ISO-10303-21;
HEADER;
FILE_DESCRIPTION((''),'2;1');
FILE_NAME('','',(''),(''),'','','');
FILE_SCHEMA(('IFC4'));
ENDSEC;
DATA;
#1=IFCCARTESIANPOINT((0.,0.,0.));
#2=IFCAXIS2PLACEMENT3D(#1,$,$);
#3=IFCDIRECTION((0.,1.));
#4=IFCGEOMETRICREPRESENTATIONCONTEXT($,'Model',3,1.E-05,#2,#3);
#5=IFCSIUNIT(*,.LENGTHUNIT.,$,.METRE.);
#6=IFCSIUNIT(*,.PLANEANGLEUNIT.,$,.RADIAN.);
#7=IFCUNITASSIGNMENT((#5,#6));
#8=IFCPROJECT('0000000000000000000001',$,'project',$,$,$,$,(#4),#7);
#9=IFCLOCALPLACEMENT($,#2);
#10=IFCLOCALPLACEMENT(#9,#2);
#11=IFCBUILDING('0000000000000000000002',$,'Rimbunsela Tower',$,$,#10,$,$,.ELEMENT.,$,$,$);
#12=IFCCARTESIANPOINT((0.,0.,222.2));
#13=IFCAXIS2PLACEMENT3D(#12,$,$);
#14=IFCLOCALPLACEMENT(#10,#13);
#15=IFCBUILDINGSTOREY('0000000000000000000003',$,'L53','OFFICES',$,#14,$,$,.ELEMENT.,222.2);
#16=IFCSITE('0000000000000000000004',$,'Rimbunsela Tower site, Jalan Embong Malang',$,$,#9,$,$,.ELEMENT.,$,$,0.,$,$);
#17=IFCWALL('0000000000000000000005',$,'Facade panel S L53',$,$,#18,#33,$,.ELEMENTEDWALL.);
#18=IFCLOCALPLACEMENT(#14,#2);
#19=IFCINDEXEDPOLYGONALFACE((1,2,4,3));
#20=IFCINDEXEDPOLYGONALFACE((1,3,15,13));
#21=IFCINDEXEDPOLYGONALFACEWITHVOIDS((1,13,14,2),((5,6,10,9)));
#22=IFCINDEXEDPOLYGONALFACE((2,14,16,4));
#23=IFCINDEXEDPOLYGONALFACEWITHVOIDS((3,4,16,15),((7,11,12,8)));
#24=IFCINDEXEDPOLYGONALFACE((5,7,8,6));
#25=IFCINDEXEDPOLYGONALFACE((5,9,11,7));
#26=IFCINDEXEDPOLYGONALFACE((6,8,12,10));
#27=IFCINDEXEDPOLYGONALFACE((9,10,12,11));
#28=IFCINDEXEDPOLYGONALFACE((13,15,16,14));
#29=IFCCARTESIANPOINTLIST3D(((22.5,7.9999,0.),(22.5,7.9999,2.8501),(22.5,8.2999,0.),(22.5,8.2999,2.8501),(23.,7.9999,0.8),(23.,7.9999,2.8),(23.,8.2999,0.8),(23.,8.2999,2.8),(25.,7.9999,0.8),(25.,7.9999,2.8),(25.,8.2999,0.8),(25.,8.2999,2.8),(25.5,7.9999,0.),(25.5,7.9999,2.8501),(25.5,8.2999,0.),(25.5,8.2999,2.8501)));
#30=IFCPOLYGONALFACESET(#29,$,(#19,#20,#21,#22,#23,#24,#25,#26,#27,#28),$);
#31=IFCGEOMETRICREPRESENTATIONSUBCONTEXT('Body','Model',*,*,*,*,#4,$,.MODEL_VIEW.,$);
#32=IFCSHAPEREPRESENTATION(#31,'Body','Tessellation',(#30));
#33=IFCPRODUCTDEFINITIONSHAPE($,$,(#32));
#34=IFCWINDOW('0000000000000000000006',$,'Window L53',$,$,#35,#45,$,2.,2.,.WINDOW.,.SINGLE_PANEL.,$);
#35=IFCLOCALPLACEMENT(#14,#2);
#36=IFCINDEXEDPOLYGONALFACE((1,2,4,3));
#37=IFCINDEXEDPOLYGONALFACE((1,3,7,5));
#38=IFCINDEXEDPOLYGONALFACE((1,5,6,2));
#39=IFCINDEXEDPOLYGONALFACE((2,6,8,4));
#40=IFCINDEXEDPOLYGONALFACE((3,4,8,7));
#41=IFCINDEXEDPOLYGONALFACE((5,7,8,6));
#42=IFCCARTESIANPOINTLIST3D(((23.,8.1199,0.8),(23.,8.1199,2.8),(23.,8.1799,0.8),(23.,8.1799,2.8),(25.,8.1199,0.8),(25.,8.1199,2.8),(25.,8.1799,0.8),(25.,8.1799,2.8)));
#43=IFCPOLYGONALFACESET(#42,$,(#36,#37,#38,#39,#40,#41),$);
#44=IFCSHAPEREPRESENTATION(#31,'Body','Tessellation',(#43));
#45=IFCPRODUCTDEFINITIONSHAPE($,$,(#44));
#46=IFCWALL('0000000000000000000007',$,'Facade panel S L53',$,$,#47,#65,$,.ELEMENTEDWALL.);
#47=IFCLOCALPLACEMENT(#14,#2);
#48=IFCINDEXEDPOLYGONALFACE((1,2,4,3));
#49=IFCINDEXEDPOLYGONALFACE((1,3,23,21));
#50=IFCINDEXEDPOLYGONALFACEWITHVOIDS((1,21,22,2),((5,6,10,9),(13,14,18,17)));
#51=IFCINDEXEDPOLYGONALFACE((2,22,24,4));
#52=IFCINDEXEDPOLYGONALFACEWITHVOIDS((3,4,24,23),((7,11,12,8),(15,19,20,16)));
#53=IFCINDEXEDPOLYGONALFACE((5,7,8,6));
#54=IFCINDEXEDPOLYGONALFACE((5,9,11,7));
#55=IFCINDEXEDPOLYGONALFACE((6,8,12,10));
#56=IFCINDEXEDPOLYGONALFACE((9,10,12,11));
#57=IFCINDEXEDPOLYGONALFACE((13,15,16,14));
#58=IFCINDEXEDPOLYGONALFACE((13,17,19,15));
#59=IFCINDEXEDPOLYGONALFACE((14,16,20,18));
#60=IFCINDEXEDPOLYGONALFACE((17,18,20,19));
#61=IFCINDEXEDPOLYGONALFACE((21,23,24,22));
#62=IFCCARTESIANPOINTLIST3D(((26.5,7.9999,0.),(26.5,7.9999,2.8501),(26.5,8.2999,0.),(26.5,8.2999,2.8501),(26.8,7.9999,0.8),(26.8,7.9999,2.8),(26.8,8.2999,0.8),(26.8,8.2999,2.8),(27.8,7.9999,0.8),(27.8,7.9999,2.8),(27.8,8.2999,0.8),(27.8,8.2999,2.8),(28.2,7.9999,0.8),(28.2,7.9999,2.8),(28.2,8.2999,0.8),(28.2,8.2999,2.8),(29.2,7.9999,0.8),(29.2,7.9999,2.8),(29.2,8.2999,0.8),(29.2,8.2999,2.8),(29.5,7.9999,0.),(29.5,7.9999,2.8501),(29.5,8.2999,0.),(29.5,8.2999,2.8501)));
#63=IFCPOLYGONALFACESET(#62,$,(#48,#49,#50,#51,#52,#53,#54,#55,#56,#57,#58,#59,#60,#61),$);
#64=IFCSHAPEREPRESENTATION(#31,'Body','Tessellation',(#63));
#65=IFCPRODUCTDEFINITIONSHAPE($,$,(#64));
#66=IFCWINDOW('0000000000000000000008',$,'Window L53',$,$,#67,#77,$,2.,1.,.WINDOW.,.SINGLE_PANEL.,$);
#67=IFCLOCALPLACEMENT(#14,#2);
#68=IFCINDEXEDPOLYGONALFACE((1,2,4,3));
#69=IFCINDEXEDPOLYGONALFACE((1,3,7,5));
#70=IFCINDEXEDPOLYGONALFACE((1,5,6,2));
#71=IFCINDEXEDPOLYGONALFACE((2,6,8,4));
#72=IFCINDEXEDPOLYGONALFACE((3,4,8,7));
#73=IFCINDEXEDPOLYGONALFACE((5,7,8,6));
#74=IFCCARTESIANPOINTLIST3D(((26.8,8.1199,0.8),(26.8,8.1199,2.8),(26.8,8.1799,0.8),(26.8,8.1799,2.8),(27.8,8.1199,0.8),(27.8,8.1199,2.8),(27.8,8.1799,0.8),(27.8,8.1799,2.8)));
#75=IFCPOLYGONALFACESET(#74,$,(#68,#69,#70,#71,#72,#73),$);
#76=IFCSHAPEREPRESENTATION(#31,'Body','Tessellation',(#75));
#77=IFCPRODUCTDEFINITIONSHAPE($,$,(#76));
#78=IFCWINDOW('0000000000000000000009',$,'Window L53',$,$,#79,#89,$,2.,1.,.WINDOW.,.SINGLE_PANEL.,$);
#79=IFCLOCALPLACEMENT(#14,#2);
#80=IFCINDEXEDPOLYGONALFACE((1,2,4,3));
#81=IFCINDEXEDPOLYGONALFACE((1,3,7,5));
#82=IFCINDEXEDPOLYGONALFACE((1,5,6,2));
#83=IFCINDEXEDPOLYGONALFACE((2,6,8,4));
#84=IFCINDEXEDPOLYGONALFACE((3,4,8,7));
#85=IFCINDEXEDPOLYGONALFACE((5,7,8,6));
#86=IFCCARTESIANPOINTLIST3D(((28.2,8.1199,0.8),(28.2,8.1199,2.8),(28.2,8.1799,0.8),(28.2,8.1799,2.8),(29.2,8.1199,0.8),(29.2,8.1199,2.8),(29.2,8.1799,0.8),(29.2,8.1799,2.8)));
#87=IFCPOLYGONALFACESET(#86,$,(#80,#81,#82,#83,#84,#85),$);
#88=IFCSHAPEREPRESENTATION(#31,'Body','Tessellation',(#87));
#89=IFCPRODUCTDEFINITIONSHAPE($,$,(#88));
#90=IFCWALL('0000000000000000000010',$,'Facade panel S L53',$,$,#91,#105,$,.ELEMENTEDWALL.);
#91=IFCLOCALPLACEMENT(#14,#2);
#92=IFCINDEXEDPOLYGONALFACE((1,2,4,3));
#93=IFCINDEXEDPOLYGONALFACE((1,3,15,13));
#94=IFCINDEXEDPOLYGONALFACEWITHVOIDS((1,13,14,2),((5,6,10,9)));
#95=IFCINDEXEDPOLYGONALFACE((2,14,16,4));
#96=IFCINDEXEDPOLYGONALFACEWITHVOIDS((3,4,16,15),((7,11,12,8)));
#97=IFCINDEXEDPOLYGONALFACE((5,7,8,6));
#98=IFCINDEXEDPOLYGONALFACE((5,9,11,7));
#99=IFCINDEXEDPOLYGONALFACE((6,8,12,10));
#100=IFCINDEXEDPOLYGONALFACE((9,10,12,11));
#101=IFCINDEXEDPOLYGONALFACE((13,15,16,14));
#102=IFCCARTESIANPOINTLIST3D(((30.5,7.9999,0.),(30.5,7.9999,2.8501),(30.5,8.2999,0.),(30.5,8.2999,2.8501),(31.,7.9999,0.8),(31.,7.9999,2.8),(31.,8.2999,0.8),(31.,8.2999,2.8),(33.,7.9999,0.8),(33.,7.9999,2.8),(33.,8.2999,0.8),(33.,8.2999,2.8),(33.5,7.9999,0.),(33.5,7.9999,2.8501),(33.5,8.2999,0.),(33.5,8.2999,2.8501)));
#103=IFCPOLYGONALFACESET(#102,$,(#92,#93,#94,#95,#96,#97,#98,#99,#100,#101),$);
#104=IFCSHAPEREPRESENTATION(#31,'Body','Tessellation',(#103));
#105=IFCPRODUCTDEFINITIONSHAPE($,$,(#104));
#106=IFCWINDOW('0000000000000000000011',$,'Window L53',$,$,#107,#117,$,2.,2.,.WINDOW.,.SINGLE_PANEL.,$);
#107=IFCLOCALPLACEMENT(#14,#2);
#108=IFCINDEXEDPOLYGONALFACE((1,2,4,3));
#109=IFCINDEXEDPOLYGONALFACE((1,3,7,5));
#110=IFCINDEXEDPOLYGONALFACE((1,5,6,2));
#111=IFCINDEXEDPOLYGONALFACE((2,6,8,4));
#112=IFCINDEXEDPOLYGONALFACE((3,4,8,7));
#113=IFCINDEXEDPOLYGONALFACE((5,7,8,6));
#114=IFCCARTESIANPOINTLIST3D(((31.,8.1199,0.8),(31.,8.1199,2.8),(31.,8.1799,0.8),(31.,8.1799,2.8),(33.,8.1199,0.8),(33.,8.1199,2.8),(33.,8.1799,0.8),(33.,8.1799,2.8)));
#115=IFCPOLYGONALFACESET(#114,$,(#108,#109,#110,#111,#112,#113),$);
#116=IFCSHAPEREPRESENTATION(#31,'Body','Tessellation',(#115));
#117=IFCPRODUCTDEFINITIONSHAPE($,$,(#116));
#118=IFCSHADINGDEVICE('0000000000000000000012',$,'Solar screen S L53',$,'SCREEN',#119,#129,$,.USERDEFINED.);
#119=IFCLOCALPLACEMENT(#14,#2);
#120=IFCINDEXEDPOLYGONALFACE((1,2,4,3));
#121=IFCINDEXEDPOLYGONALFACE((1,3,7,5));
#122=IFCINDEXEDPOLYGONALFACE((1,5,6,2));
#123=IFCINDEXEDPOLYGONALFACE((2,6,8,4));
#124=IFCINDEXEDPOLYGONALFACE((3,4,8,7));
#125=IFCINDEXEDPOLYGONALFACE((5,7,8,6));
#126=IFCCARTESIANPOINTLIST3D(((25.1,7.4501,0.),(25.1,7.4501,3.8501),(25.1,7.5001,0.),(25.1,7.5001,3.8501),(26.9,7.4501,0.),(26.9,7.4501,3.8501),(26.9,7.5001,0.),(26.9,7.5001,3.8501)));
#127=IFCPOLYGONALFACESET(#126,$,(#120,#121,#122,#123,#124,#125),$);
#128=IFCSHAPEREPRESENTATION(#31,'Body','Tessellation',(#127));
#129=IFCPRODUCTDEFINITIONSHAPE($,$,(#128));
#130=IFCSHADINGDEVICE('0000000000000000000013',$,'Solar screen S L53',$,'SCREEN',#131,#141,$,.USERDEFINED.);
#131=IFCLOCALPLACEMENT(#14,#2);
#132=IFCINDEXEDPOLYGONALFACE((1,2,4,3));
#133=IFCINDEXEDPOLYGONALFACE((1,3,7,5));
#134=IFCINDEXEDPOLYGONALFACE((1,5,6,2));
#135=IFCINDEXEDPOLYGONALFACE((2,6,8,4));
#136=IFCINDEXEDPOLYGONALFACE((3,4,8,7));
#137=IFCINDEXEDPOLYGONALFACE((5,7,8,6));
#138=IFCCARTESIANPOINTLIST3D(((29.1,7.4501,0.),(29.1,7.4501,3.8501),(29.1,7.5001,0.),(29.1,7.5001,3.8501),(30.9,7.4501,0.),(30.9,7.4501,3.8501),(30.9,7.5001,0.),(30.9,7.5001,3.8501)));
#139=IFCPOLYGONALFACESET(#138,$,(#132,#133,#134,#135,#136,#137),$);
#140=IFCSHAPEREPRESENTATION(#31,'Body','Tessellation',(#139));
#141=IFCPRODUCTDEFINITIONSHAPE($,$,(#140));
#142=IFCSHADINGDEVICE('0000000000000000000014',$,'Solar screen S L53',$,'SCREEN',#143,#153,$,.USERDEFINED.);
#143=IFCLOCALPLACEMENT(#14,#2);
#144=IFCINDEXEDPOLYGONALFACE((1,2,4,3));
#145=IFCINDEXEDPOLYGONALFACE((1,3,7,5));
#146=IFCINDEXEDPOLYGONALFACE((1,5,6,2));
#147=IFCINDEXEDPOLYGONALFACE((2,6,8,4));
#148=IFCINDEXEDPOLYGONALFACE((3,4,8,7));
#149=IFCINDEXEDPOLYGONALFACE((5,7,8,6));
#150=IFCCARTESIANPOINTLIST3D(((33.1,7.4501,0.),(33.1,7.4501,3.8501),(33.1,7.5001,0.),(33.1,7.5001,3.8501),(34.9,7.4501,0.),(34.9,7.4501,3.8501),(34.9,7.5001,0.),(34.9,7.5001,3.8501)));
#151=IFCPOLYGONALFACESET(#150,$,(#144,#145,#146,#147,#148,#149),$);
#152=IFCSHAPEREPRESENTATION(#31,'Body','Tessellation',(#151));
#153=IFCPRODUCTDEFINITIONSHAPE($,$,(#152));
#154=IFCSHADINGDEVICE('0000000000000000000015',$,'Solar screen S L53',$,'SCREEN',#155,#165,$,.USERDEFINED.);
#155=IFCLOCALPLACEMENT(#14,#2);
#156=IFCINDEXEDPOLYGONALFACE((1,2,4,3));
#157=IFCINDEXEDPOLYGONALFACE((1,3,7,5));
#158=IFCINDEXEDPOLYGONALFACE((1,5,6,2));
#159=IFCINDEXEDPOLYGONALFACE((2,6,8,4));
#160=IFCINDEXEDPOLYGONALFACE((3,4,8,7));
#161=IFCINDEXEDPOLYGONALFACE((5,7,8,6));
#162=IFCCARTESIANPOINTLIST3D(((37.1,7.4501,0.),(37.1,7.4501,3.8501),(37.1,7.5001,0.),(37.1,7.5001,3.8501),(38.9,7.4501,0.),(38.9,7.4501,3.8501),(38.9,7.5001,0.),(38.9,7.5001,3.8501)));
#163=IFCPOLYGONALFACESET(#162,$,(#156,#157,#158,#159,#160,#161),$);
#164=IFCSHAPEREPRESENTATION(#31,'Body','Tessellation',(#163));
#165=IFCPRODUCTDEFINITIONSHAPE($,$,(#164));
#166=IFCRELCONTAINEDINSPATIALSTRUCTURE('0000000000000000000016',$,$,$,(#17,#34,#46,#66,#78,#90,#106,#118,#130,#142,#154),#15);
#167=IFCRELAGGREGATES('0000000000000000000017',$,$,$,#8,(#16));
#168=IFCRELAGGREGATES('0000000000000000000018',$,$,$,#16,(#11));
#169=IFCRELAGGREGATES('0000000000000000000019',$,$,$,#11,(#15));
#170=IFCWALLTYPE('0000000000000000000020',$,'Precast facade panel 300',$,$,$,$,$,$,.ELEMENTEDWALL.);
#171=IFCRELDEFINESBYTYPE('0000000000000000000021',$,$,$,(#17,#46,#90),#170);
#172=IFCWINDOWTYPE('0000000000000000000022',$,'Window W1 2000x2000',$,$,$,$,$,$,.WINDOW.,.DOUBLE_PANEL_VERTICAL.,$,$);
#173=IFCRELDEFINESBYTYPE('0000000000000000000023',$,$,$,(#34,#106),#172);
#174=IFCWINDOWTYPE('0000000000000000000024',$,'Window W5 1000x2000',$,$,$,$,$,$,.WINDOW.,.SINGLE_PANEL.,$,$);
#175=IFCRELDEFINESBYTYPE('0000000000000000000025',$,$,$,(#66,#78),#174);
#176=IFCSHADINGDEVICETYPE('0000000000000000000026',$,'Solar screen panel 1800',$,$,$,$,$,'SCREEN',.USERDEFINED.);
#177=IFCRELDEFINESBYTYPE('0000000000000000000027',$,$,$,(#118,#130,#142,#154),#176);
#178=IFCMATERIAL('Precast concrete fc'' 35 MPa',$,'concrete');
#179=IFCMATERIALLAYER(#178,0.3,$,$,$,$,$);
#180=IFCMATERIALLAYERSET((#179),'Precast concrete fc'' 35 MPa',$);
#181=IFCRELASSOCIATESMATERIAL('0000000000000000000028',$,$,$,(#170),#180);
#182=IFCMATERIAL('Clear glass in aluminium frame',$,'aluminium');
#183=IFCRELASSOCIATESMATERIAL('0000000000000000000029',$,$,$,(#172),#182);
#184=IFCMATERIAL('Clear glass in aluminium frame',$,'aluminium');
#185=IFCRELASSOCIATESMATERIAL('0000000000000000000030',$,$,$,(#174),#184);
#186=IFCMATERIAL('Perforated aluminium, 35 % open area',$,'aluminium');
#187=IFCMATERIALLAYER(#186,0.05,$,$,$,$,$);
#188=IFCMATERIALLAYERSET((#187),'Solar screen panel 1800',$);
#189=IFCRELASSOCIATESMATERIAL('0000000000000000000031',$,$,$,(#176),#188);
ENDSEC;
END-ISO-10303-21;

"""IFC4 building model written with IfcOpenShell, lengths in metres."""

from ifc_helpers import new_model, si_unit, direction, frame, frame_2d, origin, origin_2d, place, context, subcontext, project, spatial, rectangle, extrude, material, layer, layer_set, type_object, element, fill, save


model = new_model("IFC4")

# Units and contexts
model_context = context("Model", 3, precision=1e-05, world=origin(), true_north=direction((0.0, 1.0)))
body_context = subcontext(model_context, "Body", "Model", "MODEL_VIEW")
ifc_project = project(units=[si_unit("LENGTHUNIT", "METRE"), si_unit("PLANEANGLEUNIT", "RADIAN")], contexts=[model_context])

# Site, building, storey
site_placement = place(None, origin())
site = spatial("IfcSite", under=ifc_project, at=site_placement, Name="Rimbunsela Tower site, Jalan Embong Malang", CompositionType="ELEMENT", RefElevation=0.0)
building_placement = place(site_placement, origin())
building = spatial("IfcBuilding", under=site, at=building_placement, Name="Rimbunsela Tower", CompositionType="ELEMENT")
storey_placement = place(building_placement, frame((0.0, 0.0, 222.2)))
storey = spatial("IfcBuildingStorey", under=building, at=storey_placement, Name="L53", Description="OFFICES", CompositionType="ELEMENT", Elevation=222.2)

# Wall, opening, window
ifc_material_1 = material(Name="Precast concrete fc' 35 MPa", Category="concrete")
ifc_layer_1 = layer(ifc_material_1, 0.3)
ifc_layer_set_1 = layer_set([ifc_layer_1], Name="Precast concrete fc' 35 MPa")
wall_type = type_object("IfcWallType", Name="Precast facade panel 300", PredefinedType="ELEMENTEDWALL", material=ifc_layer_set_1)
wall_1_placement = place(storey_placement, frame((22.5, 8.1499, 0.0), z_axis=(0.0, 0.0, 1.0), x_axis=(1.0, 0.0, 0.0)))
wall_1 = element("IfcWall", 1, at=wall_1_placement, inside=storey, type_object=wall_type, Name="Facade panel S L53", PredefinedType="ELEMENTEDWALL", context=body_context, shape_type="SweptSolid", body=[
    extrude(rectangle(XDim=3.0, YDim=0.3, at=frame_2d((1.5, 0.0))), origin(), (0.0, 0.0, 1.0), 2.8501),
])
opening_1_placement = place(wall_1_placement, frame((0.5, 0.0, 0.8)))
opening_1 = element("IfcOpeningElement", 2, at=opening_1_placement, cuts=wall_1, PredefinedType="OPENING", context=body_context, shape_type="SweptSolid", body=[
    extrude(rectangle(XDim=2.0, YDim=2.0, at=frame_2d((1.0, 1.0))), frame((0.0, 0.1599, 0.0), z_axis=(0.0, -1.0, 0.0), x_axis=(1.0, 0.0, 0.0)), (0.0, 0.0, 1.0), 0.3201),
])
ifc_material_2 = material(Name="Clear glass in aluminium frame", Category="aluminium")
window_type_1 = type_object("IfcWindowType", Name="Window W1 2000x2000", PartitioningType="DOUBLE_PANEL_VERTICAL", PredefinedType="WINDOW", material=ifc_material_2)
window_1_placement = place(opening_1_placement, origin())
window_1 = element("IfcWindow", 3, at=window_1_placement, inside=storey, type_object=window_type_1, Name="Window L53", OverallHeight=2.0, OverallWidth=2.0, PartitioningType="SINGLE_PANEL", PredefinedType="WINDOW", context=body_context, shape_type="SweptSolid", body=[
    extrude(rectangle(XDim=2.0, YDim=2.0, at=frame_2d((1.0, 1.0))), frame((0.0, 0.03, 0.0), z_axis=(0.0, -1.0, 0.0), x_axis=(1.0, 0.0, 0.0)), (0.0, 0.0, 1.0), 0.0601),
])
fill(opening_1, window_1)

# Wall, openings, windows
wall_2_placement = place(storey_placement, frame((26.5, 8.1499, 0.0), z_axis=(0.0, 0.0, 1.0), x_axis=(1.0, 0.0, 0.0)))
wall_2 = element("IfcWall", 4, at=wall_2_placement, inside=storey, type_object=wall_type, Name="Facade panel S L53", PredefinedType="ELEMENTEDWALL", context=body_context, shape_type="SweptSolid", body=[
    extrude(rectangle(XDim=3.0, YDim=0.3, at=frame_2d((1.5, 0.0))), origin(), (0.0, 0.0, 1.0), 2.8501),
])
opening_2_placement = place(wall_2_placement, frame((0.3, 0.0, 0.8)))
opening_2 = element("IfcOpeningElement", 5, at=opening_2_placement, cuts=wall_2, PredefinedType="OPENING", context=body_context, shape_type="SweptSolid", body=[
    extrude(rectangle(XDim=1.0, YDim=2.0, at=frame_2d((0.5, 1.0))), frame((0.0, 0.1599, 0.0), z_axis=(0.0, -1.0, 0.0), x_axis=(1.0, 0.0, 0.0)), (0.0, 0.0, 1.0), 0.3201),
])
opening_3_placement = place(wall_2_placement, frame((1.7, 0.0, 0.8)))
opening_3 = element("IfcOpeningElement", 6, at=opening_3_placement, cuts=wall_2, PredefinedType="OPENING", context=body_context, shape_type="SweptSolid", body=[
    extrude(rectangle(XDim=1.0, YDim=2.0, at=frame_2d((0.5, 1.0))), frame((0.0, 0.1599, 0.0), z_axis=(0.0, -1.0, 0.0), x_axis=(1.0, 0.0, 0.0)), (0.0, 0.0, 1.0), 0.3201),
])
ifc_material_3 = material(Name="Clear glass in aluminium frame", Category="aluminium")
window_type_2 = type_object("IfcWindowType", Name="Window W5 1000x2000", PartitioningType="SINGLE_PANEL", PredefinedType="WINDOW", material=ifc_material_3)
window_2_placement = place(opening_2_placement, origin())
window_2 = element("IfcWindow", 7, at=window_2_placement, inside=storey, type_object=window_type_2, Name="Window L53", OverallHeight=2.0, OverallWidth=1.0, PartitioningType="SINGLE_PANEL", PredefinedType="WINDOW", context=body_context, shape_type="SweptSolid", body=[
    extrude(rectangle(XDim=1.0, YDim=2.0, at=frame_2d((0.5, 1.0))), frame((0.0, 0.03, 0.0), z_axis=(0.0, -1.0, 0.0), x_axis=(1.0, 0.0, 0.0)), (0.0, 0.0, 1.0), 0.0601),
])
fill(opening_2, window_2)
window_3_placement = place(opening_3_placement, origin())
window_3 = element("IfcWindow", 8, at=window_3_placement, inside=storey, type_object=window_type_2, Name="Window L53", OverallHeight=2.0, OverallWidth=1.0, PartitioningType="SINGLE_PANEL", PredefinedType="WINDOW", context=body_context, shape_type="SweptSolid", body=[
    extrude(rectangle(XDim=1.0, YDim=2.0, at=frame_2d((0.5, 1.0))), frame((0.0, 0.03, 0.0), z_axis=(0.0, -1.0, 0.0), x_axis=(1.0, 0.0, 0.0)), (0.0, 0.0, 1.0), 0.0601),
])
fill(opening_3, window_3)

# Wall, opening, window
wall_3_placement = place(storey_placement, frame((30.5, 8.1499, 0.0), z_axis=(0.0, 0.0, 1.0), x_axis=(1.0, 0.0, 0.0)))
wall_3 = element("IfcWall", 9, at=wall_3_placement, inside=storey, type_object=wall_type, Name="Facade panel S L53", PredefinedType="ELEMENTEDWALL", context=body_context, shape_type="SweptSolid", body=[
    extrude(rectangle(XDim=3.0, YDim=0.3, at=frame_2d((1.5, 0.0))), origin(), (0.0, 0.0, 1.0), 2.8501),
])
opening_4_placement = place(wall_3_placement, frame((0.5, 0.0, 0.8)))
opening_4 = element("IfcOpeningElement", 10, at=opening_4_placement, cuts=wall_3, PredefinedType="OPENING", context=body_context, shape_type="SweptSolid", body=[
    extrude(rectangle(XDim=2.0, YDim=2.0, at=frame_2d((1.0, 1.0))), frame((0.0, 0.1599, 0.0), z_axis=(0.0, -1.0, 0.0), x_axis=(1.0, 0.0, 0.0)), (0.0, 0.0, 1.0), 0.3201),
])
window_4_placement = place(opening_4_placement, origin())
window_4 = element("IfcWindow", 11, at=window_4_placement, inside=storey, type_object=window_type_1, Name="Window L53", OverallHeight=2.0, OverallWidth=2.0, PartitioningType="SINGLE_PANEL", PredefinedType="WINDOW", context=body_context, shape_type="SweptSolid", body=[
    extrude(rectangle(XDim=2.0, YDim=2.0, at=frame_2d((1.0, 1.0))), frame((0.0, 0.03, 0.0), z_axis=(0.0, -1.0, 0.0), x_axis=(1.0, 0.0, 0.0)), (0.0, 0.0, 1.0), 0.0601),
])
fill(opening_4, window_4)

# Shading devices
ifc_material_4 = material(Name="Perforated aluminium, 35 % open area", Category="aluminium")
ifc_layer_2 = layer(ifc_material_4, 0.05)
ifc_layer_set_2 = layer_set([ifc_layer_2], Name="Solar screen panel 1800")
shading_device_type = type_object("IfcShadingDeviceType", Name="Solar screen panel 1800", ElementType="SCREEN", PredefinedType="USERDEFINED", material=ifc_layer_set_2)
for number, where, z_axis, x_axis, name in (
    (12, (26.0, 7.4751, 0.0), (0.0, 0.0, 1.0), (1.0, 0.0, 0.0), "Solar screen S L53"),
    (13, (30.0, 7.4751, 0.0), (0.0, 0.0, 1.0), (1.0, 0.0, 0.0), "Solar screen S L53"),
    (14, (34.0, 7.4751, 0.0), (0.0, 0.0, 1.0), (1.0, 0.0, 0.0), "Solar screen S L53"),
    (15, (38.0, 7.4751, 0.0), (0.0, 0.0, 1.0), (1.0, 0.0, 0.0), "Solar screen S L53"),
):
    element("IfcShadingDevice", number, at=place(storey_placement, frame(where, z_axis=z_axis, x_axis=x_axis)), inside=storey, type_object=shading_device_type, Name=name, ObjectType="SCREEN", PredefinedType="USERDEFINED", context=body_context, shape_type="SweptSolid", body=[
        extrude(rectangle(XDim=1.8, YDim=0.05, at=origin_2d()), origin(), (0.0, 0.0, 1.0), 3.8501),
    ])

save(model, "model.ifc")
